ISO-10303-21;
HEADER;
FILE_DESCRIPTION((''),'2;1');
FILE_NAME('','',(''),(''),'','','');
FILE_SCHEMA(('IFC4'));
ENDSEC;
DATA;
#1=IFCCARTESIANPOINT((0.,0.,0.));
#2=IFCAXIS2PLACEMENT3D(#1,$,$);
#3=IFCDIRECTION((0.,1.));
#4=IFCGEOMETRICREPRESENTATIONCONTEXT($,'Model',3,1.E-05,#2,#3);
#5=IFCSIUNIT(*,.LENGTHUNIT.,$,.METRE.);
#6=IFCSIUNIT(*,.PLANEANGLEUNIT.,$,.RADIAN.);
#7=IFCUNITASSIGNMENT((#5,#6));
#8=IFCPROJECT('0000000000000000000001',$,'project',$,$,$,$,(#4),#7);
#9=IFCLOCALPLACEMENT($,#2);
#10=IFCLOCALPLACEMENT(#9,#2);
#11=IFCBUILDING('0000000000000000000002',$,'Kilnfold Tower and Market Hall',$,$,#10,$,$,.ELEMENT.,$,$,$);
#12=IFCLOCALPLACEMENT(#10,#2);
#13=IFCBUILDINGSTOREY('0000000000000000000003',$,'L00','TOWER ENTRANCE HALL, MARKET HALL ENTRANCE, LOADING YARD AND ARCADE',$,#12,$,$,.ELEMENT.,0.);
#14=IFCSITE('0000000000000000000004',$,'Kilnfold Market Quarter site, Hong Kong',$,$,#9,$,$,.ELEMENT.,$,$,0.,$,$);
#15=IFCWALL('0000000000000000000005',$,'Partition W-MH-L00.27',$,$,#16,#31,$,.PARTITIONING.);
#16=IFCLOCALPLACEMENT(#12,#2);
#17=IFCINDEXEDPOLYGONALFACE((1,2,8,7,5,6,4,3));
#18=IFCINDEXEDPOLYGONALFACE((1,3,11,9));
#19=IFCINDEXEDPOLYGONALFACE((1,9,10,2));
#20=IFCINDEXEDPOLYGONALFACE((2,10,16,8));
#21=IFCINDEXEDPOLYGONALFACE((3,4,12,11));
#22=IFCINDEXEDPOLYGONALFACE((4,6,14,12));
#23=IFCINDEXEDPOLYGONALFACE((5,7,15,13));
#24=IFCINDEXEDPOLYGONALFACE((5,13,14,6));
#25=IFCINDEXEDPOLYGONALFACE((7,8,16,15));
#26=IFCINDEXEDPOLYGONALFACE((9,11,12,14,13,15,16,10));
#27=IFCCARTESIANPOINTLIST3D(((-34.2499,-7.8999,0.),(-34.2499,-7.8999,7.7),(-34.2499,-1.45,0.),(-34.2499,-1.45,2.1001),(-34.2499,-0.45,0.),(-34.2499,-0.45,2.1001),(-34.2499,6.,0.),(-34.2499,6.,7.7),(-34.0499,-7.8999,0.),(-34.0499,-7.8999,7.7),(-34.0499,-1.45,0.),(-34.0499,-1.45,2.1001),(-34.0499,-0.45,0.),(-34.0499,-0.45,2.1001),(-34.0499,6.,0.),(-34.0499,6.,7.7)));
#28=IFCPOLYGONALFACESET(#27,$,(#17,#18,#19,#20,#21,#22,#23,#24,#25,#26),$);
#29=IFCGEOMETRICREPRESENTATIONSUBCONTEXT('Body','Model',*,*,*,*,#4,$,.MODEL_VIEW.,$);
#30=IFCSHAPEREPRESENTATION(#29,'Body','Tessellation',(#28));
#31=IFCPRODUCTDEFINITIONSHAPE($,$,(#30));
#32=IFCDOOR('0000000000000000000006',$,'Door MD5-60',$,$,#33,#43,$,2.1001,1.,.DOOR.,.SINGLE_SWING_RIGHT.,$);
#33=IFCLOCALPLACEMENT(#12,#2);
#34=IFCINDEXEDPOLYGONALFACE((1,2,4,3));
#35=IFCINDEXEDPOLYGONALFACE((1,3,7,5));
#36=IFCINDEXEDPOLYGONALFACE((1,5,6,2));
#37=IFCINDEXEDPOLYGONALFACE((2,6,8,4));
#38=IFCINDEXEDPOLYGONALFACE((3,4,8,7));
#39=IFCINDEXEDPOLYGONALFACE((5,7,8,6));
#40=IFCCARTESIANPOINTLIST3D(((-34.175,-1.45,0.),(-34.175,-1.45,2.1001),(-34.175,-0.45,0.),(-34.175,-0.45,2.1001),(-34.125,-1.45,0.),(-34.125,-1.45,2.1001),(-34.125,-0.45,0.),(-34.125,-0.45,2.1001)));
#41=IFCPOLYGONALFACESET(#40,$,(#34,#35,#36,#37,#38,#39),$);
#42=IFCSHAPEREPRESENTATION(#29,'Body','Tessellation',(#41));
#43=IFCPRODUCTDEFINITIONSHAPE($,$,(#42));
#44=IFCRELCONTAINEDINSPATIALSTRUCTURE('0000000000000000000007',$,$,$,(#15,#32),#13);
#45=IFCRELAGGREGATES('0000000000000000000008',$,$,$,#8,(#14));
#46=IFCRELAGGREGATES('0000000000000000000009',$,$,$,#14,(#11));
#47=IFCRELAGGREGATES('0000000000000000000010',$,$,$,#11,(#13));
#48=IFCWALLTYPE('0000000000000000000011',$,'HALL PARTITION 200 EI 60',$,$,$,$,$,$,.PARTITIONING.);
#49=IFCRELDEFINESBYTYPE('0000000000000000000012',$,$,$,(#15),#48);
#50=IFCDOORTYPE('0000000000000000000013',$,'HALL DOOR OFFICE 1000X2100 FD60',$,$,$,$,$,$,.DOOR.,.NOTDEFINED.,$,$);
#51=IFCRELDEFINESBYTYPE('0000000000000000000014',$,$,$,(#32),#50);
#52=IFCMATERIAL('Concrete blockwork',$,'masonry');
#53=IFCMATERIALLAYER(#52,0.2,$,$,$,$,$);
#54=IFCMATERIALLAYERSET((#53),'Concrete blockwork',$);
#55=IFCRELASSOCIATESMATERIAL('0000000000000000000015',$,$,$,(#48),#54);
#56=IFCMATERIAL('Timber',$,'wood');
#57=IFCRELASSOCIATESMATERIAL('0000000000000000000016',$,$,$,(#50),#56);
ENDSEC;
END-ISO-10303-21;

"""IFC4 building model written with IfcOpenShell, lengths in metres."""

from ifc_helpers import new_model, si_unit, direction, frame, frame_2d, origin, place, context, subcontext, project, spatial, rectangle, extrude, source, transform, mapped, material, layer, layer_set, type_object, element, fill, save


model = new_model("IFC4")

# Units and contexts
model_context = context("Model", 3, precision=1e-05, world=origin(), true_north=direction((0.0, 1.0)))
body_context = subcontext(model_context, "Body", "Model", "MODEL_VIEW")
ifc_project = project(units=[si_unit("LENGTHUNIT", "METRE"), si_unit("PLANEANGLEUNIT", "RADIAN")], contexts=[model_context])

# Site, building, storey
site_placement = place(None, origin())
site = spatial("IfcSite", under=ifc_project, at=site_placement, Name="Kilnfold Market Quarter site, Hong Kong", CompositionType="ELEMENT", RefElevation=0.0)
building_placement = place(site_placement, origin())
building = spatial("IfcBuilding", under=site, at=building_placement, Name="Kilnfold Tower and Market Hall", CompositionType="ELEMENT")
storey_placement = place(building_placement, origin())
storey = spatial("IfcBuildingStorey", under=building, at=storey_placement, Name="L00", Description="TOWER ENTRANCE HALL, MARKET HALL ENTRANCE, LOADING YARD AND ARCADE", CompositionType="ELEMENT", Elevation=0.0)

# Shared definitions
ifc_material_1 = material(Name="Concrete blockwork", Category="masonry")
ifc_layer_1 = layer(ifc_material_1, 0.2)
ifc_layer_set_1 = layer_set([ifc_layer_1], Name="Concrete blockwork")
wall_type_1 = type_object("IfcWallType", Name="HALL PARTITION 200 EI 60", PredefinedType="PARTITIONING", material=ifc_layer_set_1)

# Wall, opening, door
shared_shape_1 = source(origin(), body_context, "Body", "SweptSolid", [
    extrude(rectangle(XDim=13.8999, YDim=0.2, at=frame_2d((6.95, 0.0))), origin(), (0.0, 0.0, 1.0), 7.7),
])
wall_1_placement = place(storey_placement, frame((-34.1499, 6.0, 0.0), z_axis=(0.0, 0.0, 1.0), x_axis=(0.0, -1.0, 0.0)))
wall_1 = element("IfcWall", 1, at=wall_1_placement, inside=storey, type_object=wall_type_1, Name="Partition W-MH-L00.27", PredefinedType="PARTITIONING", context=body_context, shape_type="MappedRepresentation", body=[
    mapped(shared_shape_1, transform((0.0, 0.0, 0.0))),
])
opening_1_placement = place(wall_1_placement, frame((6.45, 0.0, 0.0)))
opening_1 = element("IfcOpeningElement", 2, at=opening_1_placement, cuts=wall_1, PredefinedType="OPENING", context=body_context, shape_type="SweptSolid", body=[
    extrude(rectangle(XDim=1.0, YDim=2.1001, at=frame_2d((0.5, 1.05))), frame((0.0, 0.1099, 0.0), z_axis=(0.0, -1.0, 0.0), x_axis=(1.0, 0.0, 0.0)), (0.0, 0.0, 1.0), 0.22),
])
ifc_material_2 = material(Name="Timber", Category="wood")
door_type_1 = type_object("IfcDoorType", Name="HALL DOOR OFFICE 1000X2100 FD60", OperationType="NOTDEFINED", PredefinedType="DOOR", material=ifc_material_2)
door_1_placement = place(opening_1_placement, origin())
door_1 = element("IfcDoor", 3, at=door_1_placement, inside=storey, type_object=door_type_1, Name="Door MD5-60", OperationType="SINGLE_SWING_RIGHT", OverallHeight=2.1001, OverallWidth=1.0, PredefinedType="DOOR", context=body_context, shape_type="SweptSolid", body=[
    extrude(rectangle(XDim=1.0, YDim=2.1001, at=frame_2d((0.5, 1.05))), frame((0.0, 0.0249, 0.0), z_axis=(0.0, -1.0, 0.0), x_axis=(1.0, 0.0, 0.0)), (0.0, 0.0, 1.0), 0.05),
])
fill(opening_1, door_1)

save(model, "model.ifc")
